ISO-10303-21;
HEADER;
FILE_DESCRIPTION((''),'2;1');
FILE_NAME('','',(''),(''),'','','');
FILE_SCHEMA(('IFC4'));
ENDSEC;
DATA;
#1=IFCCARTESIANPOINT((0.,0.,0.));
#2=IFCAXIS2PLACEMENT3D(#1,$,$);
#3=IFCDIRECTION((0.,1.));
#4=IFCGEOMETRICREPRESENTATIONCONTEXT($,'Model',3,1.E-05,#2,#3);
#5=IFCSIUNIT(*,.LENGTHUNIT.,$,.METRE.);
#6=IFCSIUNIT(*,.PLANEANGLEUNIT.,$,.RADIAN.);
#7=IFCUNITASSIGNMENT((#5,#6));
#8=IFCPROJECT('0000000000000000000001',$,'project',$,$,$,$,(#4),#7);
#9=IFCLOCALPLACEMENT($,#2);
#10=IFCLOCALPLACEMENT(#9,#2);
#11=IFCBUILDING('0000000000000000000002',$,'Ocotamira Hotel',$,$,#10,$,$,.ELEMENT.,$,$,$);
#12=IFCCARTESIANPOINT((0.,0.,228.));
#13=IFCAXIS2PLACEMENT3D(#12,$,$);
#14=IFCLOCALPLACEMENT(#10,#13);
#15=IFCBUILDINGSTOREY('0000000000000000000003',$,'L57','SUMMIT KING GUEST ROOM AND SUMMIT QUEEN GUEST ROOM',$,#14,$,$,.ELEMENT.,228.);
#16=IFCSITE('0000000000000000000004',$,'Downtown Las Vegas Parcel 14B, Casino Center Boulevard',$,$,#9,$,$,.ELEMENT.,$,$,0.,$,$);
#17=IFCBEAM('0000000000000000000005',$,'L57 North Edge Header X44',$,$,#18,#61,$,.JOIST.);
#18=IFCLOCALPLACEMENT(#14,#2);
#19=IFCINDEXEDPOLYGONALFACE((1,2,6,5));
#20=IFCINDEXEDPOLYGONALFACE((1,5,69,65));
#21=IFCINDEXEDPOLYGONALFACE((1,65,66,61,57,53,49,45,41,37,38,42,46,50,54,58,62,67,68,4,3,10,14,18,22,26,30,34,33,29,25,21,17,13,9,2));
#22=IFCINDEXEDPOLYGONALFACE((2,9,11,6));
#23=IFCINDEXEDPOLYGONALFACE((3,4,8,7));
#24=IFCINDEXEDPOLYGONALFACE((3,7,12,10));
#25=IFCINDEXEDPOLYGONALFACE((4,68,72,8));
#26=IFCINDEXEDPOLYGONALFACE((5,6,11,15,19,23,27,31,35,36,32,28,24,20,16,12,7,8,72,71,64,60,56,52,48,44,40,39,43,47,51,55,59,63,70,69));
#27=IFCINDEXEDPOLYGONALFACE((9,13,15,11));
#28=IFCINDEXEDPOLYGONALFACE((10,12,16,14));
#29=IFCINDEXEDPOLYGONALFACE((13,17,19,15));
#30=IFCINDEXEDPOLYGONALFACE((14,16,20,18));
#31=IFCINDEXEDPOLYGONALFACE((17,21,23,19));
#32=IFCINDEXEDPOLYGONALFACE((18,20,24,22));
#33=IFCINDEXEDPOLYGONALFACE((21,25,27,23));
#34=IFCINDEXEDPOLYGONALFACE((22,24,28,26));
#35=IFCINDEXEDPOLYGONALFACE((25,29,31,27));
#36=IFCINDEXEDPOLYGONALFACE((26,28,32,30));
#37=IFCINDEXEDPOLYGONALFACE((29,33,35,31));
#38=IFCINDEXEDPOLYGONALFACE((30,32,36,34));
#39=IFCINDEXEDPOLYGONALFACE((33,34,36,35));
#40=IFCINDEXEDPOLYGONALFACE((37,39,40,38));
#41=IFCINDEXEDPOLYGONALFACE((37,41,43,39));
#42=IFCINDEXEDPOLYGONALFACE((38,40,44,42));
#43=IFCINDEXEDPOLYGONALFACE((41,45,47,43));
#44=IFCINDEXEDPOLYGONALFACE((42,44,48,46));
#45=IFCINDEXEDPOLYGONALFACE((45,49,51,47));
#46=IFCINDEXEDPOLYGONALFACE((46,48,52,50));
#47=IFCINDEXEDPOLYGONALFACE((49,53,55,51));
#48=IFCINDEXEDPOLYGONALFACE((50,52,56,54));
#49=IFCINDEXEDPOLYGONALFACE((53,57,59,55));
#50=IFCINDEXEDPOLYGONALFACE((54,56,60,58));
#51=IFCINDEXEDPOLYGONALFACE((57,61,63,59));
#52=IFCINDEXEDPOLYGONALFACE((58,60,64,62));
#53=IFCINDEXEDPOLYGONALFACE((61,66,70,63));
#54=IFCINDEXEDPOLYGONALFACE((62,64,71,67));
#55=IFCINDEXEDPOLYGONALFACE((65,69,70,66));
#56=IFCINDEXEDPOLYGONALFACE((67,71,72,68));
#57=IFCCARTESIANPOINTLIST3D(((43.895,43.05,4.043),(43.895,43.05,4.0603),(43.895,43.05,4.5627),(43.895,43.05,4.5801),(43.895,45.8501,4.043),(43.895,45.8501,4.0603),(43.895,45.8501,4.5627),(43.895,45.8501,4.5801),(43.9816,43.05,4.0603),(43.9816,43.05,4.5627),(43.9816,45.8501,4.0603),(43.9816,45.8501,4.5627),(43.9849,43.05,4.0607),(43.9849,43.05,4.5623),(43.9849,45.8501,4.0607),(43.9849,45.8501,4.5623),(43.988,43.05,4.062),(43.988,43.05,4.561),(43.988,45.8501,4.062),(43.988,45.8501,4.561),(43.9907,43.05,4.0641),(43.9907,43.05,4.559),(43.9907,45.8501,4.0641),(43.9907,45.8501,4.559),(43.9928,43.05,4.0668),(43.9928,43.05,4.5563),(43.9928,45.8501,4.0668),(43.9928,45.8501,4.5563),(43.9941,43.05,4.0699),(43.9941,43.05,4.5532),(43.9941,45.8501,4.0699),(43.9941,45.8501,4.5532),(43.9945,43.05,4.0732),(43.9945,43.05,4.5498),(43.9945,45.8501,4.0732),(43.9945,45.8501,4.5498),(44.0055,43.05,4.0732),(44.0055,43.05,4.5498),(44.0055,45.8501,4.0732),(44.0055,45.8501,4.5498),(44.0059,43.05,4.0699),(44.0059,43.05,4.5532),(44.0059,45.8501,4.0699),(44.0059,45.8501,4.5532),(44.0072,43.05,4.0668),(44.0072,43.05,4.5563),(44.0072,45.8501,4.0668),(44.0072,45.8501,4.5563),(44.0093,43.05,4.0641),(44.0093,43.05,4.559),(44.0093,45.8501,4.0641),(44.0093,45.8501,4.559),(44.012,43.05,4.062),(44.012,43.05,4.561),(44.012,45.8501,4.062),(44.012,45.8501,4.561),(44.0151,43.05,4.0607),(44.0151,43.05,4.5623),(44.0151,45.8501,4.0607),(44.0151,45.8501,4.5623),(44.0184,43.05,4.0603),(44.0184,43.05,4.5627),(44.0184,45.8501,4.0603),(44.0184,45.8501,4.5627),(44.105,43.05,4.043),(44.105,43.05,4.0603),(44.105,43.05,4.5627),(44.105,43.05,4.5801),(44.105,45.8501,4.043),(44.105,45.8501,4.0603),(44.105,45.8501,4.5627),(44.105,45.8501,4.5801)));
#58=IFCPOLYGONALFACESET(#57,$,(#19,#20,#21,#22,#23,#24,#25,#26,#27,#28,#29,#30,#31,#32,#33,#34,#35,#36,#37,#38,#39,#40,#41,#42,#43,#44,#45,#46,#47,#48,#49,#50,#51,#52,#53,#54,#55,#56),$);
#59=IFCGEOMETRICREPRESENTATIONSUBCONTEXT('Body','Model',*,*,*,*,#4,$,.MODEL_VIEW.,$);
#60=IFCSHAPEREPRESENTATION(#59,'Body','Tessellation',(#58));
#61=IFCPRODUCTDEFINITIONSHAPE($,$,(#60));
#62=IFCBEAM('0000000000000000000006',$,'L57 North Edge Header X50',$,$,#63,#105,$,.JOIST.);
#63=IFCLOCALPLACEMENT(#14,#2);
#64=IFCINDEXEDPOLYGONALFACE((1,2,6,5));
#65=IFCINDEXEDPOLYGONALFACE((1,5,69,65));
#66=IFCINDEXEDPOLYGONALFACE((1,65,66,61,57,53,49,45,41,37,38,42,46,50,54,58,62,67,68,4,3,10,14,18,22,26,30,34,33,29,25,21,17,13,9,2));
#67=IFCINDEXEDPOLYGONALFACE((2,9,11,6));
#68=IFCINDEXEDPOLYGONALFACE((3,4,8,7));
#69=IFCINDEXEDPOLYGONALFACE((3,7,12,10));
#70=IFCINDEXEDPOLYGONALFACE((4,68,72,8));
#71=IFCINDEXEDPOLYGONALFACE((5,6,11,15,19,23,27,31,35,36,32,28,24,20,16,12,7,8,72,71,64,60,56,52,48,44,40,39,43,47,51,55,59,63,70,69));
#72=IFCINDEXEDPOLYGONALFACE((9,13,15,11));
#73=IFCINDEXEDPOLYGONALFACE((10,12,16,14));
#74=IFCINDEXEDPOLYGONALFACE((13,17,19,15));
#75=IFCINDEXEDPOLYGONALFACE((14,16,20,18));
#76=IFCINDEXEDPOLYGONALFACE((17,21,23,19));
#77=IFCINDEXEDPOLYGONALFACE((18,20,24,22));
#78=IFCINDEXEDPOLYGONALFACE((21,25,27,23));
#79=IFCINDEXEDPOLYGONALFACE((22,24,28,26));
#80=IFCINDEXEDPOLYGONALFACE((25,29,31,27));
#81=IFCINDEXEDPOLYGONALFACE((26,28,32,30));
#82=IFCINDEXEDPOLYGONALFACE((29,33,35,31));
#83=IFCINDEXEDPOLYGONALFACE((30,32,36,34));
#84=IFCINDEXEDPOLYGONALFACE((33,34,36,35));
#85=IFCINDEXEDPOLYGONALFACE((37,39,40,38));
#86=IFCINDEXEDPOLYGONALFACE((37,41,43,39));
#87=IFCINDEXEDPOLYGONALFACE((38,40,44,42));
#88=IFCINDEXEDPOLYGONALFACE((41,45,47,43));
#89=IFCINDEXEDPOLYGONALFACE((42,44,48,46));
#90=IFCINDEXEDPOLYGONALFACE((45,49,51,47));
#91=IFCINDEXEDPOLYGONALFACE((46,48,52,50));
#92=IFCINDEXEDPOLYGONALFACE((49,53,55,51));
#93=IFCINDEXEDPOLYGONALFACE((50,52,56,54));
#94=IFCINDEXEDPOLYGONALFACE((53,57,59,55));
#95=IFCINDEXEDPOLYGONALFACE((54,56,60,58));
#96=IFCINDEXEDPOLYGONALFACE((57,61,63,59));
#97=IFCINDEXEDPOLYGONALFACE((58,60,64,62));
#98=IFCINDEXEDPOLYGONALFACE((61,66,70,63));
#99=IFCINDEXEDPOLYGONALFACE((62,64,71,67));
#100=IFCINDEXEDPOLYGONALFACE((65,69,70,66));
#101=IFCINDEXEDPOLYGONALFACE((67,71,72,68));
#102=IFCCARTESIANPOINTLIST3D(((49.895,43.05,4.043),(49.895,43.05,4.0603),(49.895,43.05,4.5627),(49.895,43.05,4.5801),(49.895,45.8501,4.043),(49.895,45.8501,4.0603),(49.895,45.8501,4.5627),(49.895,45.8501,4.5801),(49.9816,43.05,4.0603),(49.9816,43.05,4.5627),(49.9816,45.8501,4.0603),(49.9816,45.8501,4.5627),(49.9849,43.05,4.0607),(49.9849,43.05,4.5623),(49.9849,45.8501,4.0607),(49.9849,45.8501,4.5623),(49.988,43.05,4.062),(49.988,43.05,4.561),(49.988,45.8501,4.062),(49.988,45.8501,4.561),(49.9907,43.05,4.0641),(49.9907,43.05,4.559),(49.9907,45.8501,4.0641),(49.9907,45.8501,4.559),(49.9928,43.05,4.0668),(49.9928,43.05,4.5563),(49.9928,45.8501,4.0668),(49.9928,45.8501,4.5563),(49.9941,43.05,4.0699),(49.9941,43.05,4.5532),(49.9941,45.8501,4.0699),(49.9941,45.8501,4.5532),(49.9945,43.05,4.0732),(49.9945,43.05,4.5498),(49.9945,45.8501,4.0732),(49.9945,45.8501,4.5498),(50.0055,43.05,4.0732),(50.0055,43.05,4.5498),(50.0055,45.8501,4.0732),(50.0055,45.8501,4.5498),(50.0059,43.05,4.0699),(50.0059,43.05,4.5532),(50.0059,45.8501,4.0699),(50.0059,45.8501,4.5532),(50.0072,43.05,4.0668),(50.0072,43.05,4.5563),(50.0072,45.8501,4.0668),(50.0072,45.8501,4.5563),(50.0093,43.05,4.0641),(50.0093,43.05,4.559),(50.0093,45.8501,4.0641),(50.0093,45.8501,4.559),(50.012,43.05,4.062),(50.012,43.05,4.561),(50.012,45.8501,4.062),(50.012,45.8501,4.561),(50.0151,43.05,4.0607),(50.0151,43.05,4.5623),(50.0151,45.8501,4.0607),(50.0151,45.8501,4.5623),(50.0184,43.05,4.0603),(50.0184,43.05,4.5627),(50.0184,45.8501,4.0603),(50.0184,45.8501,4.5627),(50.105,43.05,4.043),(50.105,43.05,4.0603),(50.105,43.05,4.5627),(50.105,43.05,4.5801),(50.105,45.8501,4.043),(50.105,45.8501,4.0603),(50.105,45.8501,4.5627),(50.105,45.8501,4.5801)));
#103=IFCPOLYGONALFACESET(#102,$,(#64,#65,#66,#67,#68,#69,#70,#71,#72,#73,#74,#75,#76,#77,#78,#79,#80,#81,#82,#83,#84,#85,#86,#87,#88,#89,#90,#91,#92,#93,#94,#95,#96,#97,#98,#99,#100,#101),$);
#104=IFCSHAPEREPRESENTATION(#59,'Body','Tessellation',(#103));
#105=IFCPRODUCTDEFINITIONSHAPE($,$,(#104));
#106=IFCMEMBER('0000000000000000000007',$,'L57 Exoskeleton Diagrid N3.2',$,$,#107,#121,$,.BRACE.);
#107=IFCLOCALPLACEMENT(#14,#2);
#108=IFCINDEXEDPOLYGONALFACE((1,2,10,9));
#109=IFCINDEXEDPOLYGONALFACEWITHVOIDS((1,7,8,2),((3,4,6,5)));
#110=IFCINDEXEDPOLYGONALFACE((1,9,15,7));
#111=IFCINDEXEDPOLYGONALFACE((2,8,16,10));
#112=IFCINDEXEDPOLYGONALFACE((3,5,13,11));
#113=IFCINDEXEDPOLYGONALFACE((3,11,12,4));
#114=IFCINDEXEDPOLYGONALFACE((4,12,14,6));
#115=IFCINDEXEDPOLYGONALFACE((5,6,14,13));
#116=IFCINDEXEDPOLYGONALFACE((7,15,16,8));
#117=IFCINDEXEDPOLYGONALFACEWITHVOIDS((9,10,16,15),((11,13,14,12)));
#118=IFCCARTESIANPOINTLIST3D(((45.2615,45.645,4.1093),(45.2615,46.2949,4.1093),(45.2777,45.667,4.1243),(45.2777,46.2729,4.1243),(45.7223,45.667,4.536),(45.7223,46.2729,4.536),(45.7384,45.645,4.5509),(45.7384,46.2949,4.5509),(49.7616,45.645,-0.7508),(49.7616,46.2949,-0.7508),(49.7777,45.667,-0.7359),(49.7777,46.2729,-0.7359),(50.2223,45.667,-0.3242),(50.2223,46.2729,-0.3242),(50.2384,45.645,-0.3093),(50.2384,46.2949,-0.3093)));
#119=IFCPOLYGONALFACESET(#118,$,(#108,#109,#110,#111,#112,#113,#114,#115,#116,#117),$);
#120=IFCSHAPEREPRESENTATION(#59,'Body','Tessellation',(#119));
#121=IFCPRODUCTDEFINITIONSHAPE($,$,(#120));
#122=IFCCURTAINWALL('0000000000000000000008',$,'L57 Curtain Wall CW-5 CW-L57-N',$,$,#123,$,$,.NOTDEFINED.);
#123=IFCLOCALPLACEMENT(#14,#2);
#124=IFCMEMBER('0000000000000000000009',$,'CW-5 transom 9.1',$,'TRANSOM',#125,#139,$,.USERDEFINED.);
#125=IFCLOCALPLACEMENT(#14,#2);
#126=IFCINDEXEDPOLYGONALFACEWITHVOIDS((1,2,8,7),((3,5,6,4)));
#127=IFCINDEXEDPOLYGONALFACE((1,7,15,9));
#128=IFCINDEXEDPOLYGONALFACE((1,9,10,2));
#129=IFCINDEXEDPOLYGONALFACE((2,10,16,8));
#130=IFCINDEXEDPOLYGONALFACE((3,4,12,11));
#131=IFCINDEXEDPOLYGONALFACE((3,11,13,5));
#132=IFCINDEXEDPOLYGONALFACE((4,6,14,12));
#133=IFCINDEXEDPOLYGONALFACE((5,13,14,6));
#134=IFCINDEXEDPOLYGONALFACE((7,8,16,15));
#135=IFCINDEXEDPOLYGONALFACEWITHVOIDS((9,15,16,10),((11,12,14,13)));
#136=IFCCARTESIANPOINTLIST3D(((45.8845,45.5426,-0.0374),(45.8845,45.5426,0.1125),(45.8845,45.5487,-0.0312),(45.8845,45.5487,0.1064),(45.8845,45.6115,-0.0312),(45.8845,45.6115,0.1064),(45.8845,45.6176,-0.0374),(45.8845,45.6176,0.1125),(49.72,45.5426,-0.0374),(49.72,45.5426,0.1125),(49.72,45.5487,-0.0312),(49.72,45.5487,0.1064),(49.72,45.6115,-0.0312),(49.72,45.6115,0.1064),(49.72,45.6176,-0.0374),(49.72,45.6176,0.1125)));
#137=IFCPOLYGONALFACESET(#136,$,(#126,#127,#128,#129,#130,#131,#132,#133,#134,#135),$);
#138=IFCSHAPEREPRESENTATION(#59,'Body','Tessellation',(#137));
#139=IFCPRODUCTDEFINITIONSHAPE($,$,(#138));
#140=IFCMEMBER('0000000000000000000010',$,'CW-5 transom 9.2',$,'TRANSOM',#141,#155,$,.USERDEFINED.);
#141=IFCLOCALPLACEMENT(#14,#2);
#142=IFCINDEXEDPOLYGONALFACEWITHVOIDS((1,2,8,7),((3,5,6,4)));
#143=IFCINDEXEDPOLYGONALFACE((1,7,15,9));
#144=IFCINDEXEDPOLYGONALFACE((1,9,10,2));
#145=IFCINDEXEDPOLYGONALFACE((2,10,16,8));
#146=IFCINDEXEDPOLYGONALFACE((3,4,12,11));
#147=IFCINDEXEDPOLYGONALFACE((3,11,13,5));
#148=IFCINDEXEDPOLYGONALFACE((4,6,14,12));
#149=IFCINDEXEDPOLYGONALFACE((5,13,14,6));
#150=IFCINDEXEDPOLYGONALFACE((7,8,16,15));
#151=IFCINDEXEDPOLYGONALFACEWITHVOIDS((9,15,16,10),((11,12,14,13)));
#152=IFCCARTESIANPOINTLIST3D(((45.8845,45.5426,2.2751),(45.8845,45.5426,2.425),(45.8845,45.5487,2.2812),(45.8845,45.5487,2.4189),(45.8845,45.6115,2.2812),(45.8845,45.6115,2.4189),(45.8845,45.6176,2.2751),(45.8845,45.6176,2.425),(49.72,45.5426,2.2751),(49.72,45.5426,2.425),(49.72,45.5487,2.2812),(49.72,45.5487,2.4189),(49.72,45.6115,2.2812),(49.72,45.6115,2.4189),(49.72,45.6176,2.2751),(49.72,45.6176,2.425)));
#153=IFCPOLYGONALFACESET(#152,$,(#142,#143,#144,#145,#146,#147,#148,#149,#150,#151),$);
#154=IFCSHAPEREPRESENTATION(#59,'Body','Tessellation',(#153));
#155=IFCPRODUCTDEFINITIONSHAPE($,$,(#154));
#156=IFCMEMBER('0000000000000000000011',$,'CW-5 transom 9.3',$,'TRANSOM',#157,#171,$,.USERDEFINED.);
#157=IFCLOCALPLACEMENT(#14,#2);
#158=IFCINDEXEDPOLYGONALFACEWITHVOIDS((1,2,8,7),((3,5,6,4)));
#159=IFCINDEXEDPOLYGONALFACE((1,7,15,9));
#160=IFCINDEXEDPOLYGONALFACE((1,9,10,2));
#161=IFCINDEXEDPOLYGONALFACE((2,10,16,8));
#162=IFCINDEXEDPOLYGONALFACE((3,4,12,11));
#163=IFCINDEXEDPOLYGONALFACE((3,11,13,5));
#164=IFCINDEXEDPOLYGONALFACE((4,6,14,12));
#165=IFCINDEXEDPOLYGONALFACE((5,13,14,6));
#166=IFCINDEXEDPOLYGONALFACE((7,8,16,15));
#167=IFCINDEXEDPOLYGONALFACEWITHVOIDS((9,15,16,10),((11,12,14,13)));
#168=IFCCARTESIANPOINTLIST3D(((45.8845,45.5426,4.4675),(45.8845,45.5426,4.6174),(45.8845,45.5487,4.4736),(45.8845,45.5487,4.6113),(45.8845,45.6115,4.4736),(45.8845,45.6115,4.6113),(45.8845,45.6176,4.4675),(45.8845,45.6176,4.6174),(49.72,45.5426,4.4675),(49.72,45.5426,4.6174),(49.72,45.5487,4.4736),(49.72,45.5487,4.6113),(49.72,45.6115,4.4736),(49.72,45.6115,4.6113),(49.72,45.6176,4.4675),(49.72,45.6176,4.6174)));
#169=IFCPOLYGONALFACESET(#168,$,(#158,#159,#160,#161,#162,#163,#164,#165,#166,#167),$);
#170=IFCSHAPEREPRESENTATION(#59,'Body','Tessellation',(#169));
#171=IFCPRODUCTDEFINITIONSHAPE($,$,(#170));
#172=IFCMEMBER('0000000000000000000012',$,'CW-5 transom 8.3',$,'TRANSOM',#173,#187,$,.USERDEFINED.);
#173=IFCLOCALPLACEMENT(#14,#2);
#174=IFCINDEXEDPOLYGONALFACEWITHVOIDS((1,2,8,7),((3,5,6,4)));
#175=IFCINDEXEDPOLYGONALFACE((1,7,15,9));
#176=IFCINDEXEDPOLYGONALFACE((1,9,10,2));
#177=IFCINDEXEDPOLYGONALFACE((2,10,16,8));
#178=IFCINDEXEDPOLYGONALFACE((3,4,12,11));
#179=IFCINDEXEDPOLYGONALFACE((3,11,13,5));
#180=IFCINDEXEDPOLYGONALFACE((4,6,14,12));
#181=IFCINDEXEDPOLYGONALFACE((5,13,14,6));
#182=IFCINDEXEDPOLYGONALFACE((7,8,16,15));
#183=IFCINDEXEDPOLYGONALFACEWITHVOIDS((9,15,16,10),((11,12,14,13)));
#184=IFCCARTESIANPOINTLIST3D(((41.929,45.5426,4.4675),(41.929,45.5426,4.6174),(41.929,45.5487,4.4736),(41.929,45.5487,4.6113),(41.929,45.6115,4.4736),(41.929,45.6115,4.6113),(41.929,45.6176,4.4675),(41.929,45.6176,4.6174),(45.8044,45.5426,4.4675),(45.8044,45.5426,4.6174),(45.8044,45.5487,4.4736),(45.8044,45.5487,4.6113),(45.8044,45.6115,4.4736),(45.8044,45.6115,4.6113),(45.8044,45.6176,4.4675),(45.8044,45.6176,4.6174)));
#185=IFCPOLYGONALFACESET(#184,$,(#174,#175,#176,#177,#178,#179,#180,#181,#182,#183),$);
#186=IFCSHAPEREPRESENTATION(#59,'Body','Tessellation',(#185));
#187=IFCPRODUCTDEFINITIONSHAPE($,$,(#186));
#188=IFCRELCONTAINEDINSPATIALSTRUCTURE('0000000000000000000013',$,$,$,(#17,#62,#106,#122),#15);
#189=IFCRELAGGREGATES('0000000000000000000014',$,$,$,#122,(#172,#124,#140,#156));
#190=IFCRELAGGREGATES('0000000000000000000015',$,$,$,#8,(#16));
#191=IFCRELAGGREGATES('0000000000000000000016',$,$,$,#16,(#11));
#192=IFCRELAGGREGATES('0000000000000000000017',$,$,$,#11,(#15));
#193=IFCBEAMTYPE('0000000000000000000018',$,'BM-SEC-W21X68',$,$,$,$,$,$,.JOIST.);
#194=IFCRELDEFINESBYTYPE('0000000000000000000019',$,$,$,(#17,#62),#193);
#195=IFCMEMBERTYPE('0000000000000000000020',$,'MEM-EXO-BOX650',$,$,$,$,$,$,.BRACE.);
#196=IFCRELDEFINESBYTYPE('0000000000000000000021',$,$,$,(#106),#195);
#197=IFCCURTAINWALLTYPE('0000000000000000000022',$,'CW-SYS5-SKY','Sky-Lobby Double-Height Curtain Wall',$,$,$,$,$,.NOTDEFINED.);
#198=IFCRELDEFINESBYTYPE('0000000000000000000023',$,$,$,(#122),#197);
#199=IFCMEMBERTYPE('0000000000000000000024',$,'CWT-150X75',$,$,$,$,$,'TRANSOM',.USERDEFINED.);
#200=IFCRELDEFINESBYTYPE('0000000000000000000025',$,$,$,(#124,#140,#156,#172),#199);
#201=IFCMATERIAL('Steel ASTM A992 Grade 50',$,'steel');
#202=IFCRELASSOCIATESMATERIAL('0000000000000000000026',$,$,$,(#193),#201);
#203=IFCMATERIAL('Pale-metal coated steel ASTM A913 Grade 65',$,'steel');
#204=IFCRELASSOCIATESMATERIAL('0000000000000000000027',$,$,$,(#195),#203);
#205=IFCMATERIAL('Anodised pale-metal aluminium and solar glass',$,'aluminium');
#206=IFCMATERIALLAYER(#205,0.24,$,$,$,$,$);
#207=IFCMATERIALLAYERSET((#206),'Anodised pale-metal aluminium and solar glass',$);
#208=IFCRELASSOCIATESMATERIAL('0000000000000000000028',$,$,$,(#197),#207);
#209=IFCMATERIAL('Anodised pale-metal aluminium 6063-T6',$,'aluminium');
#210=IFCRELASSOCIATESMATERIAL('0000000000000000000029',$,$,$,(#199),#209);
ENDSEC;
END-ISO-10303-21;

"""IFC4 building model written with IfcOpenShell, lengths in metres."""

from ifc_helpers import new_model, si_unit, direction, frame, origin, origin_2d, place, context, subcontext, project, spatial, hollow_rectangle, i_section, extrude, source, transform, mapped, material, layer, layer_set, material_profile, profile_set, type_object, element, aggregate, save


model = new_model("IFC4")

# Units and contexts
model_context = context("Model", 3, precision=1e-05, world=origin(), true_north=direction((0.0, 1.0)))
body_context = subcontext(model_context, "Body", "Model", "MODEL_VIEW")
ifc_project = project(units=[si_unit("LENGTHUNIT", "METRE"), si_unit("PLANEANGLEUNIT", "RADIAN")], contexts=[model_context])

# Site, building, storey
site_placement = place(None, origin())
site = spatial("IfcSite", under=ifc_project, at=site_placement, Name="Downtown Las Vegas Parcel 14B, Casino Center Boulevard", CompositionType="ELEMENT", RefElevation=0.0)
building_placement = place(site_placement, origin())
building = spatial("IfcBuilding", under=site, at=building_placement, Name="Ocotamira Hotel", CompositionType="ELEMENT")
storey_placement = place(building_placement, frame((0.0, 0.0, 228.0)))
storey = spatial("IfcBuildingStorey", under=building, at=storey_placement, Name="L57", Description="SUMMIT KING GUEST ROOM AND SUMMIT QUEEN GUEST ROOM", CompositionType="ELEMENT", Elevation=228.0)

# Shared definitions
ifc_material_1 = material(Name="Steel ASTM A992 Grade 50", Category="steel")

# Beams
ifc_material_profile_1 = material_profile(ifc_material_1, i_section(OverallWidth=0.21, OverallDepth=0.5371, WebThickness=0.011, FlangeThickness=0.0173, FilletRadius=0.0129, at=origin_2d()), Name="W21X68")
ifc_profile_set_1 = profile_set([ifc_material_profile_1], Name="Steel ASTM A992 Grade 50")
beam_type_1 = type_object("IfcBeamType", Name="BM-SEC-W21X68", PredefinedType="JOIST", material=ifc_profile_set_1)
shared_shape_1 = source(origin(), body_context, "Body", "SweptSolid", [
    extrude(i_section(OverallWidth=0.21, OverallDepth=0.5371, WebThickness=0.011, FlangeThickness=0.0173, FilletRadius=0.0129, at=origin_2d()), origin(), (0.0, 0.0, 1.0), 2.8),
])
for number, where, z_axis, x_axis, name in (
    (1, (44.0, 43.05, 4.3115), (0.0, 1.0, 0.0), (-1.0, 0.0, 0.0), "L57 North Edge Header X44"),
    (2, (50.0, 43.05, 4.3115), (0.0, 1.0, 0.0), (-1.0, 0.0, 0.0), "L57 North Edge Header X50"),
):
    element("IfcBeam", number, at=place(storey_placement, frame(where, z_axis=z_axis, x_axis=x_axis)), inside=storey, type_object=beam_type_1, Name=name, PredefinedType="JOIST", context=body_context, shape_type="MappedRepresentation", body=[
        mapped(shared_shape_1, transform((0.0, 0.0, 0.0), scale=1.0)),
    ])

# Member
ifc_material_2 = material(Name="Pale-metal coated steel ASTM A913 Grade 65", Category="steel")
ifc_material_profile_2 = material_profile(ifc_material_2, hollow_rectangle(XDim=0.6499, YDim=0.6499, WallThickness=0.022, at=origin_2d()), Name="BOX650X650X22")
ifc_profile_set_2 = profile_set([ifc_material_profile_2], Name="Pale-metal coated steel ASTM A913 Grade 65")
member_type_1 = type_object("IfcMemberType", Name="MEM-EXO-BOX650", PredefinedType="BRACE", material=ifc_profile_set_2)
shared_shape_2 = source(origin(), body_context, "Body", "SweptSolid", [
    extrude(hollow_rectangle(XDim=0.6499, YDim=0.6499, WallThickness=0.022, at=origin_2d()), origin(), (0.0, 0.0, 1.0), 6.6235),
])
member_1_placement = place(storey_placement, frame((50.0, 45.97, -0.53), z_axis=(-0.6794, 0.0, 0.733768), x_axis=(0.0, -1.0, 0.0)))
element("IfcMember", 3, at=member_1_placement, inside=storey, type_object=member_type_1, Name="L57 Exoskeleton Diagrid N3.2", PredefinedType="BRACE", context=body_context, shape_type="MappedRepresentation", body=[
    mapped(shared_shape_2, transform((0.0, 0.0, 0.0), scale=1.0)),
])

# Curtain wall, members
ifc_material_3 = material(Name="Anodised pale-metal aluminium and solar glass", Category="aluminium")
ifc_layer_1 = layer(ifc_material_3, 0.24)
ifc_layer_set_1 = layer_set([ifc_layer_1], Name="Anodised pale-metal aluminium and solar glass")
curtain_wall_type = type_object("IfcCurtainWallType", Name="CW-SYS5-SKY", Description="Sky-Lobby Double-Height Curtain Wall", PredefinedType="NOTDEFINED", material=ifc_layer_set_1)
curtain_wall_1_placement = place(storey_placement, origin())
curtain_wall_1 = element("IfcCurtainWall", 4, at=curtain_wall_1_placement, inside=storey, type_object=curtain_wall_type, Name="L57 Curtain Wall CW-5 CW-L57-N", PredefinedType="NOTDEFINED")
ifc_material_4 = material(Name="Anodised pale-metal aluminium 6063-T6", Category="aluminium")
ifc_material_profile_3 = material_profile(ifc_material_4, hollow_rectangle(XDim=0.075, YDim=0.1499, WallThickness=0.0061, at=origin_2d()), Name="HSS150X75X6")
ifc_profile_set_3 = profile_set([ifc_material_profile_3], Name="Anodised pale-metal aluminium 6063-T6")
member_type_2 = type_object("IfcMemberType", Name="CWT-150X75", ElementType="TRANSOM", PredefinedType="USERDEFINED", material=ifc_profile_set_3)
shared_shape_3 = source(origin(), body_context, "Body", "SweptSolid", [
    extrude(hollow_rectangle(XDim=0.075, YDim=0.1499, WallThickness=0.0061, at=origin_2d()), origin(), (0.0, 0.0, 1.0), 3.8354),
])
member_2_placement = place(storey_placement, frame((45.8845, 45.5801, 0.0376), z_axis=(1.0, 0.0, 0.0), x_axis=(0.0, 1.0, 0.0)))
member_2 = element("IfcMember", 5, at=member_2_placement, type_object=member_type_2, Name="CW-5 transom 9.1", ObjectType="TRANSOM", PredefinedType="USERDEFINED", context=body_context, shape_type="MappedRepresentation", body=[
    mapped(shared_shape_3, transform((0.0, 0.0, 0.0), scale=1.0)),
])
member_3_placement = place(storey_placement, frame((45.8845, 45.5801, 2.3501), z_axis=(1.0, 0.0, 0.0), x_axis=(0.0, 1.0, 0.0)))
member_3 = element("IfcMember", 6, at=member_3_placement, type_object=member_type_2, Name="CW-5 transom 9.2", ObjectType="TRANSOM", PredefinedType="USERDEFINED", context=body_context, shape_type="MappedRepresentation", body=[
    mapped(shared_shape_3, transform((0.0, 0.0, 0.0), scale=1.0)),
])
member_4_placement = place(storey_placement, frame((45.8845, 45.5801, 4.5425), z_axis=(1.0, 0.0, 0.0), x_axis=(0.0, 1.0, 0.0)))
member_4 = element("IfcMember", 7, at=member_4_placement, type_object=member_type_2, Name="CW-5 transom 9.3", ObjectType="TRANSOM", PredefinedType="USERDEFINED", context=body_context, shape_type="MappedRepresentation", body=[
    mapped(shared_shape_3, transform((0.0, 0.0, 0.0), scale=1.0)),
])
shared_shape_4 = source(origin(), body_context, "Body", "SweptSolid", [
    extrude(hollow_rectangle(XDim=0.075, YDim=0.1499, WallThickness=0.0061, at=origin_2d()), origin(), (0.0, 0.0, 1.0), 3.8755),
])
member_5_placement = place(storey_placement, frame((41.929, 45.5801, 4.5425), z_axis=(1.0, 0.0, 0.0), x_axis=(0.0, 1.0, 0.0)))
member_5 = element("IfcMember", 8, at=member_5_placement, type_object=member_type_2, Name="CW-5 transom 8.3", ObjectType="TRANSOM", PredefinedType="USERDEFINED", context=body_context, shape_type="MappedRepresentation", body=[
    mapped(shared_shape_4, transform((0.0, 0.0, 0.0), scale=1.0)),
])

aggregate(curtain_wall_1, [member_5, member_2, member_3, member_4])

save(model, "model.ifc")
